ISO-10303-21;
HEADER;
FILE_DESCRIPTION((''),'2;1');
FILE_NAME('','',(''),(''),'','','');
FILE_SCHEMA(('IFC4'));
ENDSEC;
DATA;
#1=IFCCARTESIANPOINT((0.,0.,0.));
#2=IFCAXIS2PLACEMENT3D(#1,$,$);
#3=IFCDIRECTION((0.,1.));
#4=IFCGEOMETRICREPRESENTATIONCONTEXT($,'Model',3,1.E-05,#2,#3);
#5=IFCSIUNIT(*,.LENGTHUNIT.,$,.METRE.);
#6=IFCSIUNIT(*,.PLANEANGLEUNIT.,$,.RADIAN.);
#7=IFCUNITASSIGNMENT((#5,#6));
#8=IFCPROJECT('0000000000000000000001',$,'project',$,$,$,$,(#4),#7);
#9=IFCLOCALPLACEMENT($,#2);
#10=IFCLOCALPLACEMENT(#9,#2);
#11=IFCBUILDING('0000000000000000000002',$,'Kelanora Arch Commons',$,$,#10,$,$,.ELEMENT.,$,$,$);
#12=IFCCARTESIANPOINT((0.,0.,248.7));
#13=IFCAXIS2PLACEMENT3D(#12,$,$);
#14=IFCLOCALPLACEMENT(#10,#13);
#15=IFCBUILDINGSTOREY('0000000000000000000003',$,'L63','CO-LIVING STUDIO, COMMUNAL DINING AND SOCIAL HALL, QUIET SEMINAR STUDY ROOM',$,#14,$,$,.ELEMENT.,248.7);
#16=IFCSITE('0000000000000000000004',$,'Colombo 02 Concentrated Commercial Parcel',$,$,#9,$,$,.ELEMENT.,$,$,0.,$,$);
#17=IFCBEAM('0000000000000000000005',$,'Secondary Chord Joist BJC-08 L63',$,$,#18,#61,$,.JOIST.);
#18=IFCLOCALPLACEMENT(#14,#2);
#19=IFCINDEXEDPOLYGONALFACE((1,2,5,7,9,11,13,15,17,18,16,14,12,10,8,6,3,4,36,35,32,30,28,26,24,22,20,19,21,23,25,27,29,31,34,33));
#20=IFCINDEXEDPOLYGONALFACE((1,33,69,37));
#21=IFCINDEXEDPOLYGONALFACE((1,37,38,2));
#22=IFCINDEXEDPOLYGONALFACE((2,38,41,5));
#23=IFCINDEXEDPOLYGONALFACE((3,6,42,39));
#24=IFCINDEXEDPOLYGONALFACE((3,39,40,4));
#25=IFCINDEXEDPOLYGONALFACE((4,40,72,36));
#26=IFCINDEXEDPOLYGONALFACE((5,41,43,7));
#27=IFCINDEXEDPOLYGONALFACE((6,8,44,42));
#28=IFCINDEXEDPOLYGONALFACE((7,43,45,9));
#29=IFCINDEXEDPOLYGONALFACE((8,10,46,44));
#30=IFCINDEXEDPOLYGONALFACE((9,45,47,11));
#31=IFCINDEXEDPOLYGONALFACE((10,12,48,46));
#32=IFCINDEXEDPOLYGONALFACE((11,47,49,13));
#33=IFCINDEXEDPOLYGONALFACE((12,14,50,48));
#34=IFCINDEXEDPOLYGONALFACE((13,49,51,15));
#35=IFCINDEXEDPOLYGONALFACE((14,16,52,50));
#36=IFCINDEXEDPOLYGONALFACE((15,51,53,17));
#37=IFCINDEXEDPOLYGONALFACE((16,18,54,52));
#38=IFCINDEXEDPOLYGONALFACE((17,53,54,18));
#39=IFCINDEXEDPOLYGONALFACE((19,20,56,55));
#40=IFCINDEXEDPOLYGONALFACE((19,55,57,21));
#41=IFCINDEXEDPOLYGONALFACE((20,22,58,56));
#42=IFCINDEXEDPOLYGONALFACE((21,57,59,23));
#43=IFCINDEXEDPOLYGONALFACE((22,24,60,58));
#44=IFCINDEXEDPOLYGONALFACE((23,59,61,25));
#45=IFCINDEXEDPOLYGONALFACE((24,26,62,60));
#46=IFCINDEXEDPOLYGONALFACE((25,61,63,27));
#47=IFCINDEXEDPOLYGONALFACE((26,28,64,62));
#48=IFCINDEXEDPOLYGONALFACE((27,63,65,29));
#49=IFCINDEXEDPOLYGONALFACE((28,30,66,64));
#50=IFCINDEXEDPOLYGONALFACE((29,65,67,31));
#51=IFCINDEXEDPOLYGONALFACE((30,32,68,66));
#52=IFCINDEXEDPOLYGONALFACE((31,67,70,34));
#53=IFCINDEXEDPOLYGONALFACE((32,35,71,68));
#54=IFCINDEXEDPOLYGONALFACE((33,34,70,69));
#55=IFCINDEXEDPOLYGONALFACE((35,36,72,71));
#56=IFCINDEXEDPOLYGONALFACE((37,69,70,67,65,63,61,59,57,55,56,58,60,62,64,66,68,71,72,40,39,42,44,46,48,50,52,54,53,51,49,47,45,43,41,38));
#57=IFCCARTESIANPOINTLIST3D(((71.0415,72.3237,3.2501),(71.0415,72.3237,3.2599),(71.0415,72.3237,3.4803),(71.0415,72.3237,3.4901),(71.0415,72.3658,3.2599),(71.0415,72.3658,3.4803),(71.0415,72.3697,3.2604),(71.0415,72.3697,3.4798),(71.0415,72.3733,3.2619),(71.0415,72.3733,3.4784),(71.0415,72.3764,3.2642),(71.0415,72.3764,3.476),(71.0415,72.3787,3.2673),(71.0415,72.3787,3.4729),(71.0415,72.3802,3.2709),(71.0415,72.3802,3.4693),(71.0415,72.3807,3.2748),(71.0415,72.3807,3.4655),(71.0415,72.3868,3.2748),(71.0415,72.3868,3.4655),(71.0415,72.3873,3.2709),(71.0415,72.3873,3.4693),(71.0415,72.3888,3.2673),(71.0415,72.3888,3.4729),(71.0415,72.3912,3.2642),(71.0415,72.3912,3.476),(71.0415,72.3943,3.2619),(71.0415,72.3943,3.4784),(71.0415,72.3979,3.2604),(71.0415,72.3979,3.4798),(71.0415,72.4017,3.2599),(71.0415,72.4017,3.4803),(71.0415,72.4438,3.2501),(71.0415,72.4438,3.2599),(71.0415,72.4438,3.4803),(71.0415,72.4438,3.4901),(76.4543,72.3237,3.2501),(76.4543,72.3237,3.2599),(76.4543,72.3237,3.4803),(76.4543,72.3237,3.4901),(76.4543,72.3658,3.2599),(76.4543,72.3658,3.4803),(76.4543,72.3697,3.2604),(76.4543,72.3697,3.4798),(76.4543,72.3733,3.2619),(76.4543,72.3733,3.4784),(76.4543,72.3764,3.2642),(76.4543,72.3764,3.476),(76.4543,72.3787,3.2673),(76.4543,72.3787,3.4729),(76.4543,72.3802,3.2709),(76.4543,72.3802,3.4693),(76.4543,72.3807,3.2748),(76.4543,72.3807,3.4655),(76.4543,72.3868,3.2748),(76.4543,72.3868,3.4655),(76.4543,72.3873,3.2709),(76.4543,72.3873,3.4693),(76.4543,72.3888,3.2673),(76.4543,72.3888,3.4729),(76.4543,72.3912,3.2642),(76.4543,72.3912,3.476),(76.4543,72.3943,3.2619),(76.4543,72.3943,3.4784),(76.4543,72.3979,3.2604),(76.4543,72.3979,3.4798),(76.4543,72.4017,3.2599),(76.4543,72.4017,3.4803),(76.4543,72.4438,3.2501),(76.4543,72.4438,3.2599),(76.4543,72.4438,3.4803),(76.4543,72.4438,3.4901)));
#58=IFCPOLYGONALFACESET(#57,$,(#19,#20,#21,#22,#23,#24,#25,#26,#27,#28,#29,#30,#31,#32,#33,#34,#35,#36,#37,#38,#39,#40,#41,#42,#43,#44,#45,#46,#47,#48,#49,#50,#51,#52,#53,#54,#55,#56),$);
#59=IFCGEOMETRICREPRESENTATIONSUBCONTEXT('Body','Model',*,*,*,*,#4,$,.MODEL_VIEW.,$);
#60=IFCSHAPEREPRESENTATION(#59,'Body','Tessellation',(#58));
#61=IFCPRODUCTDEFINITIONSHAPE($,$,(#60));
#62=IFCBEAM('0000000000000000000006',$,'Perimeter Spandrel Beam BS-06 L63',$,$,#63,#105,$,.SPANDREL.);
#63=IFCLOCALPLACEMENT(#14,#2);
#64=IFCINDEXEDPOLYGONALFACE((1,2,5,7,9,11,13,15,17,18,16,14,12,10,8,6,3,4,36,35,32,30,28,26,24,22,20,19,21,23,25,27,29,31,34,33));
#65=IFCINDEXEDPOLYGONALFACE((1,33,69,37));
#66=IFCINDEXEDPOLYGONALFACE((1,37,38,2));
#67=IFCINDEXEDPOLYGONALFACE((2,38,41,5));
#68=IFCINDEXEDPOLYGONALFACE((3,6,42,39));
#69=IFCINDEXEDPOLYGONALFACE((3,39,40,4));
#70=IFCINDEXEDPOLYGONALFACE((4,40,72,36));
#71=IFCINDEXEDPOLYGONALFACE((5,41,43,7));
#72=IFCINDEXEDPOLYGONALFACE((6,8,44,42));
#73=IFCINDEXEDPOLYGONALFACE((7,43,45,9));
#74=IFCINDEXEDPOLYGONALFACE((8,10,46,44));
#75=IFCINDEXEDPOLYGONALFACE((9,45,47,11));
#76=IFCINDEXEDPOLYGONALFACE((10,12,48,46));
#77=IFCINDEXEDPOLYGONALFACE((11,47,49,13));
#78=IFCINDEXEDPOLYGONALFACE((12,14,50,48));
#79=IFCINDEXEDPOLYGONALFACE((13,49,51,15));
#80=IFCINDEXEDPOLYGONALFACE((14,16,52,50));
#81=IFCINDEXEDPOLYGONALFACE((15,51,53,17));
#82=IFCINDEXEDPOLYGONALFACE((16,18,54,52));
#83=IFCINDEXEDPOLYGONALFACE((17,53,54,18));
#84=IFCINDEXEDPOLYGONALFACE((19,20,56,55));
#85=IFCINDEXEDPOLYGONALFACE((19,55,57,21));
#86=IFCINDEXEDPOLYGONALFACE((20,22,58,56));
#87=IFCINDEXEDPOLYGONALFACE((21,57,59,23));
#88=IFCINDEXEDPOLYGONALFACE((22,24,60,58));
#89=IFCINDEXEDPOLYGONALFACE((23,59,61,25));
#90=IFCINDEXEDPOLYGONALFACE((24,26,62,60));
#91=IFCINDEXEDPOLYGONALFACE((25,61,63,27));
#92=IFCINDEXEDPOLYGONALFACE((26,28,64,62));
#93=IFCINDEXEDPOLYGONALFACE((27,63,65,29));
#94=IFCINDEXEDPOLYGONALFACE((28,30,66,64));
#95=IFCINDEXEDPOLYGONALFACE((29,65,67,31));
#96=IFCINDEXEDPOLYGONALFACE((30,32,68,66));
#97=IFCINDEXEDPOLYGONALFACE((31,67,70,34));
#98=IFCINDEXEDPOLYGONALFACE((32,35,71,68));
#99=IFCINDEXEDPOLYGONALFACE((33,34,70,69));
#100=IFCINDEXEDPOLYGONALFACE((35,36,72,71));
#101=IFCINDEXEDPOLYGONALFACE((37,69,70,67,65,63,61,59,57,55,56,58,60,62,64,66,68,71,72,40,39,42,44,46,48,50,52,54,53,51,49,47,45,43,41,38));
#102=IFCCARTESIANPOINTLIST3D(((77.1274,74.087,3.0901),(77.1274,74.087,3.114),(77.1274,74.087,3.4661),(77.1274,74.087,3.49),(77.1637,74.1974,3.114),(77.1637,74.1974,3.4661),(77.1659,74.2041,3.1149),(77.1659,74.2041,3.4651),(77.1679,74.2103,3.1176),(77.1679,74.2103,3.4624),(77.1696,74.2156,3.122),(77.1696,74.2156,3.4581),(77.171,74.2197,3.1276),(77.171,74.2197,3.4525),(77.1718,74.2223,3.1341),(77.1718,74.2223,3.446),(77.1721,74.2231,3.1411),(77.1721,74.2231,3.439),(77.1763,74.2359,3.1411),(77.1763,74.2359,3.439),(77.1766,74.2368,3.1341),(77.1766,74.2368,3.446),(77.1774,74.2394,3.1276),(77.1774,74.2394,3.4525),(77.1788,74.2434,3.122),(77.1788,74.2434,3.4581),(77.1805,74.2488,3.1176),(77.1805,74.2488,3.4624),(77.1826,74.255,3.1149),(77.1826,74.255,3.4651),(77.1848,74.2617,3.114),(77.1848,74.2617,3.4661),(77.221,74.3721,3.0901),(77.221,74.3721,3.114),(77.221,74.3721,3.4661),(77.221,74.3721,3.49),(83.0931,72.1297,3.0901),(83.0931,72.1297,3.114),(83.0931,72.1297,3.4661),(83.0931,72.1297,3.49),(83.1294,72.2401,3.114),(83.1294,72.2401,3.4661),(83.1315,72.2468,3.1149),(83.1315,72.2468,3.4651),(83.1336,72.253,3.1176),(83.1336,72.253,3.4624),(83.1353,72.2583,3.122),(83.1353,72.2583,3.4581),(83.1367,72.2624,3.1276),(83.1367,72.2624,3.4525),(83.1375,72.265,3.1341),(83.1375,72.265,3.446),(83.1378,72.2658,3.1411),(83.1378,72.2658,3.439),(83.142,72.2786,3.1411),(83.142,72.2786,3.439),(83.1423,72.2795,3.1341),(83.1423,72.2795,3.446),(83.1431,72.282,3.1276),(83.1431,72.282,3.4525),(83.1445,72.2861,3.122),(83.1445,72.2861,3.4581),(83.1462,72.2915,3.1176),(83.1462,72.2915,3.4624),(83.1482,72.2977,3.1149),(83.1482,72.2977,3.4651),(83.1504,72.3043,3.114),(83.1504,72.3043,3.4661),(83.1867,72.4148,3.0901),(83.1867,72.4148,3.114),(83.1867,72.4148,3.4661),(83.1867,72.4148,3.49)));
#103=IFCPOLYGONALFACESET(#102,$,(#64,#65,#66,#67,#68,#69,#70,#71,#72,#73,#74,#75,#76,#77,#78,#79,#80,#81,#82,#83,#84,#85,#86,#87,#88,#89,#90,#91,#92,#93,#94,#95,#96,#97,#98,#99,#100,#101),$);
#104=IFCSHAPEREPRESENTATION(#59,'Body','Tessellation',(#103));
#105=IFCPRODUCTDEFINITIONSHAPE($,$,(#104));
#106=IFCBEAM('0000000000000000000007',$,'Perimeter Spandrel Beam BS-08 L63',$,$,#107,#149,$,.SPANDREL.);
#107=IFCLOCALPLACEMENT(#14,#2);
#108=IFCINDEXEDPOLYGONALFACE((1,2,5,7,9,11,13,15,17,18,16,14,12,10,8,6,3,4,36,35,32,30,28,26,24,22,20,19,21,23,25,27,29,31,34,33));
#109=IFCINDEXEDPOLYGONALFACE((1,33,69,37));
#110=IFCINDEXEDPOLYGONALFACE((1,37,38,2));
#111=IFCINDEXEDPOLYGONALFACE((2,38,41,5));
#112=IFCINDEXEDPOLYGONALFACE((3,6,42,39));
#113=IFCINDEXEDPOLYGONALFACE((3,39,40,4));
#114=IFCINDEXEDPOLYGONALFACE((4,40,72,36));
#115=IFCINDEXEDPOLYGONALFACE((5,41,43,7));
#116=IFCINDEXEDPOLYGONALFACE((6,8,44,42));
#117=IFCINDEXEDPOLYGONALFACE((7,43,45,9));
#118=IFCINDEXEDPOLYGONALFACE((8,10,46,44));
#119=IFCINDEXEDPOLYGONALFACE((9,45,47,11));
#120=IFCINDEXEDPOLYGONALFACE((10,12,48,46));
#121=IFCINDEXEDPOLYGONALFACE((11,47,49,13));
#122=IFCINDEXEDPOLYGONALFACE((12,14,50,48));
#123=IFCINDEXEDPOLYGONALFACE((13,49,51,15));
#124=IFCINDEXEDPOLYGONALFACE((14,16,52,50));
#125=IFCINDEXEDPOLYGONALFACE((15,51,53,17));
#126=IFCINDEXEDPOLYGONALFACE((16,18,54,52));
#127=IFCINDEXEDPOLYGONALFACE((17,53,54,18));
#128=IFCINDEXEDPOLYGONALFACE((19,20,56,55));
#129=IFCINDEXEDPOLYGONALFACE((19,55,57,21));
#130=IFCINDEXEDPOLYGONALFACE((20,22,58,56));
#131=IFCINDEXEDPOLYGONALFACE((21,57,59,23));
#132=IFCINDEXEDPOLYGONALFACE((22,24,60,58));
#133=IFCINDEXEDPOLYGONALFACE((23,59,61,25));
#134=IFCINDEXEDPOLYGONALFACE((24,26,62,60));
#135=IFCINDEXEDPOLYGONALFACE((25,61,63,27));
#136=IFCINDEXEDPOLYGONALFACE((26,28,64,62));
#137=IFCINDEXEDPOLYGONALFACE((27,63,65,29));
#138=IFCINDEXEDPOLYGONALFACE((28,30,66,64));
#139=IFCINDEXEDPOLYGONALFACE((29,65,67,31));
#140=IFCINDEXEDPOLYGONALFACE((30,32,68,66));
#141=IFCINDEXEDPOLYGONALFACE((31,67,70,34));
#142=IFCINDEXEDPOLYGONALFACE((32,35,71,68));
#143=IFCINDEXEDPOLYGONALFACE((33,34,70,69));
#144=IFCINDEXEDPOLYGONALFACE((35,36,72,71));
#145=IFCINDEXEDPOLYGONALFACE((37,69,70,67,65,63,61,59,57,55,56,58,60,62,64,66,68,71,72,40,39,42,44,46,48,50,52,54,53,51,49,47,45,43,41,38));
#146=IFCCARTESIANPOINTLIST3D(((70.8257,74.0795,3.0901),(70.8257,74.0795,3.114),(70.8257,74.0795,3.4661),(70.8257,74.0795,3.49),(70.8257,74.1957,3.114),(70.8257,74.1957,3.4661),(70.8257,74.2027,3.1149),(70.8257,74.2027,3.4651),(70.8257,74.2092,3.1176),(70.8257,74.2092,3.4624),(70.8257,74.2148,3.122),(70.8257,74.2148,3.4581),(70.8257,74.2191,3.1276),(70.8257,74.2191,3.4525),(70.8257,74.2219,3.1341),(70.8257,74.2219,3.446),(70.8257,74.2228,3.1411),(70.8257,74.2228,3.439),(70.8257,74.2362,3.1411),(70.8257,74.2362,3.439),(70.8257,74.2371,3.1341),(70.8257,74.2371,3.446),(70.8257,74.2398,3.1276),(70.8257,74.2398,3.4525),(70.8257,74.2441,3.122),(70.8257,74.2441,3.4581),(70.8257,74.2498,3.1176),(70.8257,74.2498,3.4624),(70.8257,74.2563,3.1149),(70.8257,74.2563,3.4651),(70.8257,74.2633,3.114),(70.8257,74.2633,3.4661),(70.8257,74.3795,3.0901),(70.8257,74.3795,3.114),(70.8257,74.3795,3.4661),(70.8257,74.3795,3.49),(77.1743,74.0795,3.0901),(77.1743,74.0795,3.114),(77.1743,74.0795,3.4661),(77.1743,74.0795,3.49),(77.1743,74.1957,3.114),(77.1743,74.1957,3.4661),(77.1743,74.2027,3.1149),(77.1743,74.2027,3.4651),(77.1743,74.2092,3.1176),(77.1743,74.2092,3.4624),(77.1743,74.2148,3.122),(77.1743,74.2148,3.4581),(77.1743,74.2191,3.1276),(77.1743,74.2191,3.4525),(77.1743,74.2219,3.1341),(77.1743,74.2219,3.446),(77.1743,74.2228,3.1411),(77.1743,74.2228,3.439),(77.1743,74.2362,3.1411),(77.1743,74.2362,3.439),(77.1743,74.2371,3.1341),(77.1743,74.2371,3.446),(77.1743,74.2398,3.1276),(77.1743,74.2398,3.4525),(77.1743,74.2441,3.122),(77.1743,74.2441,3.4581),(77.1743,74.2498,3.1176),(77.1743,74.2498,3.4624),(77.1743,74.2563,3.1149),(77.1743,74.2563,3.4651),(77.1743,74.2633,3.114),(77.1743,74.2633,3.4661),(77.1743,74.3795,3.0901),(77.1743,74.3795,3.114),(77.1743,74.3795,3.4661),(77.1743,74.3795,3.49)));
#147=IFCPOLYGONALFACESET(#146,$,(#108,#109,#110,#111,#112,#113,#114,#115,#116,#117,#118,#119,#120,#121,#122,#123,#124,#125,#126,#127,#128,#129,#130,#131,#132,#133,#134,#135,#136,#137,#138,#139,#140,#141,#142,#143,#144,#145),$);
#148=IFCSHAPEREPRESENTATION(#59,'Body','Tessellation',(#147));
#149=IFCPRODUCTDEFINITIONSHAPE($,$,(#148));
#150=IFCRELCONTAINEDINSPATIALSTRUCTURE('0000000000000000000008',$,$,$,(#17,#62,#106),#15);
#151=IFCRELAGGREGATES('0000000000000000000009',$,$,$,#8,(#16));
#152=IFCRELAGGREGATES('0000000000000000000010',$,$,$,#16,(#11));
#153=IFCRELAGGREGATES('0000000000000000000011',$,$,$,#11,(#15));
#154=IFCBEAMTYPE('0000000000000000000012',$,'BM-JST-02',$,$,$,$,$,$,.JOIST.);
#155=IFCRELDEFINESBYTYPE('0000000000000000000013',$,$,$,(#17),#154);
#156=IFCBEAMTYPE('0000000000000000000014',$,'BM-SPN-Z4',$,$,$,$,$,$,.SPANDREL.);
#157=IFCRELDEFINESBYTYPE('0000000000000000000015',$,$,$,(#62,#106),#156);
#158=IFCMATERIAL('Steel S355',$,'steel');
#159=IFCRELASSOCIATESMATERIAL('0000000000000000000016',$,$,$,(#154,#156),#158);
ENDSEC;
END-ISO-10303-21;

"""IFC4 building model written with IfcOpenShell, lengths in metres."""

from ifc_helpers import new_model, si_unit, direction, frame, origin, origin_2d, place, context, subcontext, project, spatial, i_section, extrude, material, material_profile, profile_set, type_object, element, save


model = new_model("IFC4")

# Units and contexts
model_context = context("Model", 3, precision=1e-05, world=origin(), true_north=direction((0.0, 1.0)))
body_context = subcontext(model_context, "Body", "Model", "MODEL_VIEW")
ifc_project = project(units=[si_unit("LENGTHUNIT", "METRE"), si_unit("PLANEANGLEUNIT", "RADIAN")], contexts=[model_context])

# Site, building, storey
site_placement = place(None, origin())
site = spatial("IfcSite", under=ifc_project, at=site_placement, Name="Colombo 02 Concentrated Commercial Parcel", CompositionType="ELEMENT", RefElevation=0.0)
building_placement = place(site_placement, origin())
building = spatial("IfcBuilding", under=site, at=building_placement, Name="Kelanora Arch Commons", CompositionType="ELEMENT")
storey_placement = place(building_placement, frame((0.0, 0.0, 248.7)))
storey = spatial("IfcBuildingStorey", under=building, at=storey_placement, Name="L63", Description="CO-LIVING STUDIO, COMMUNAL DINING AND SOCIAL HALL, QUIET SEMINAR STUDY ROOM", CompositionType="ELEMENT", Elevation=248.7)

# Beams
ifc_material_1 = material(Name="Steel S355", Category="steel")
ifc_material_profile_1 = material_profile(ifc_material_1, i_section(OverallWidth=0.1201, OverallDepth=0.24, WebThickness=0.0061, FlangeThickness=0.0098, FilletRadius=0.0149, at=origin_2d()), Name="IPE240")
ifc_profile_set_1 = profile_set([ifc_material_profile_1], Name="Steel S355")
beam_type_1 = type_object("IfcBeamType", Name="BM-JST-02", PredefinedType="JOIST", material=ifc_profile_set_1)
beam_1_placement = place(storey_placement, frame((76.4543, 72.3838, 3.3701), z_axis=(-1.0, 0.0, 0.0), x_axis=(0.0, -1.0, 0.0)))
element("IfcBeam", 1, at=beam_1_placement, inside=storey, type_object=beam_type_1, Name="Secondary Chord Joist BJC-08 L63", PredefinedType="JOIST", context=body_context, shape_type="SweptSolid", body=[
    extrude(i_section(OverallWidth=0.1201, OverallDepth=0.24, WebThickness=0.0061, FlangeThickness=0.0098, FilletRadius=0.0149, at=origin_2d()), origin(), (0.0, 0.0, 1.0), 5.4128),
])
ifc_material_profile_2 = material_profile(ifc_material_1, i_section(OverallWidth=0.3, OverallDepth=0.3999, WebThickness=0.0134, FlangeThickness=0.0239, FilletRadius=0.0271, at=origin_2d()), Name="HEB400")
ifc_profile_set_2 = profile_set([ifc_material_profile_2], Name="Steel S355")
beam_type_2 = type_object("IfcBeamType", Name="BM-SPN-Z4", PredefinedType="SPANDREL", material=ifc_profile_set_2)
beam_2_placement = place(storey_placement, frame((83.1399, 72.2722, 3.29), z_axis=(-0.950166, 0.311745, 0.0), x_axis=(-0.311745, -0.950166, 0.0)))
element("IfcBeam", 2, at=beam_2_placement, inside=storey, type_object=beam_type_2, Name="Perimeter Spandrel Beam BS-06 L63", PredefinedType="SPANDREL", context=body_context, shape_type="SweptSolid", body=[
    extrude(i_section(OverallWidth=0.3, OverallDepth=0.3999, WebThickness=0.0134, FlangeThickness=0.0239, FilletRadius=0.0271, at=origin_2d()), origin(), (0.0, 0.0, 1.0), 6.2786),
])
beam_3_placement = place(storey_placement, frame((77.1743, 74.2295, 3.29), z_axis=(-1.0, 0.0, 0.0), x_axis=(0.0, -1.0, 0.0)))
element("IfcBeam", 3, at=beam_3_placement, inside=storey, type_object=beam_type_2, Name="Perimeter Spandrel Beam BS-08 L63", PredefinedType="SPANDREL", context=body_context, shape_type="SweptSolid", body=[
    extrude(i_section(OverallWidth=0.3, OverallDepth=0.3999, WebThickness=0.0134, FlangeThickness=0.0239, FilletRadius=0.0271, at=origin_2d()), origin(), (0.0, 0.0, 1.0), 6.3486),
])

save(model, "model.ifc")
